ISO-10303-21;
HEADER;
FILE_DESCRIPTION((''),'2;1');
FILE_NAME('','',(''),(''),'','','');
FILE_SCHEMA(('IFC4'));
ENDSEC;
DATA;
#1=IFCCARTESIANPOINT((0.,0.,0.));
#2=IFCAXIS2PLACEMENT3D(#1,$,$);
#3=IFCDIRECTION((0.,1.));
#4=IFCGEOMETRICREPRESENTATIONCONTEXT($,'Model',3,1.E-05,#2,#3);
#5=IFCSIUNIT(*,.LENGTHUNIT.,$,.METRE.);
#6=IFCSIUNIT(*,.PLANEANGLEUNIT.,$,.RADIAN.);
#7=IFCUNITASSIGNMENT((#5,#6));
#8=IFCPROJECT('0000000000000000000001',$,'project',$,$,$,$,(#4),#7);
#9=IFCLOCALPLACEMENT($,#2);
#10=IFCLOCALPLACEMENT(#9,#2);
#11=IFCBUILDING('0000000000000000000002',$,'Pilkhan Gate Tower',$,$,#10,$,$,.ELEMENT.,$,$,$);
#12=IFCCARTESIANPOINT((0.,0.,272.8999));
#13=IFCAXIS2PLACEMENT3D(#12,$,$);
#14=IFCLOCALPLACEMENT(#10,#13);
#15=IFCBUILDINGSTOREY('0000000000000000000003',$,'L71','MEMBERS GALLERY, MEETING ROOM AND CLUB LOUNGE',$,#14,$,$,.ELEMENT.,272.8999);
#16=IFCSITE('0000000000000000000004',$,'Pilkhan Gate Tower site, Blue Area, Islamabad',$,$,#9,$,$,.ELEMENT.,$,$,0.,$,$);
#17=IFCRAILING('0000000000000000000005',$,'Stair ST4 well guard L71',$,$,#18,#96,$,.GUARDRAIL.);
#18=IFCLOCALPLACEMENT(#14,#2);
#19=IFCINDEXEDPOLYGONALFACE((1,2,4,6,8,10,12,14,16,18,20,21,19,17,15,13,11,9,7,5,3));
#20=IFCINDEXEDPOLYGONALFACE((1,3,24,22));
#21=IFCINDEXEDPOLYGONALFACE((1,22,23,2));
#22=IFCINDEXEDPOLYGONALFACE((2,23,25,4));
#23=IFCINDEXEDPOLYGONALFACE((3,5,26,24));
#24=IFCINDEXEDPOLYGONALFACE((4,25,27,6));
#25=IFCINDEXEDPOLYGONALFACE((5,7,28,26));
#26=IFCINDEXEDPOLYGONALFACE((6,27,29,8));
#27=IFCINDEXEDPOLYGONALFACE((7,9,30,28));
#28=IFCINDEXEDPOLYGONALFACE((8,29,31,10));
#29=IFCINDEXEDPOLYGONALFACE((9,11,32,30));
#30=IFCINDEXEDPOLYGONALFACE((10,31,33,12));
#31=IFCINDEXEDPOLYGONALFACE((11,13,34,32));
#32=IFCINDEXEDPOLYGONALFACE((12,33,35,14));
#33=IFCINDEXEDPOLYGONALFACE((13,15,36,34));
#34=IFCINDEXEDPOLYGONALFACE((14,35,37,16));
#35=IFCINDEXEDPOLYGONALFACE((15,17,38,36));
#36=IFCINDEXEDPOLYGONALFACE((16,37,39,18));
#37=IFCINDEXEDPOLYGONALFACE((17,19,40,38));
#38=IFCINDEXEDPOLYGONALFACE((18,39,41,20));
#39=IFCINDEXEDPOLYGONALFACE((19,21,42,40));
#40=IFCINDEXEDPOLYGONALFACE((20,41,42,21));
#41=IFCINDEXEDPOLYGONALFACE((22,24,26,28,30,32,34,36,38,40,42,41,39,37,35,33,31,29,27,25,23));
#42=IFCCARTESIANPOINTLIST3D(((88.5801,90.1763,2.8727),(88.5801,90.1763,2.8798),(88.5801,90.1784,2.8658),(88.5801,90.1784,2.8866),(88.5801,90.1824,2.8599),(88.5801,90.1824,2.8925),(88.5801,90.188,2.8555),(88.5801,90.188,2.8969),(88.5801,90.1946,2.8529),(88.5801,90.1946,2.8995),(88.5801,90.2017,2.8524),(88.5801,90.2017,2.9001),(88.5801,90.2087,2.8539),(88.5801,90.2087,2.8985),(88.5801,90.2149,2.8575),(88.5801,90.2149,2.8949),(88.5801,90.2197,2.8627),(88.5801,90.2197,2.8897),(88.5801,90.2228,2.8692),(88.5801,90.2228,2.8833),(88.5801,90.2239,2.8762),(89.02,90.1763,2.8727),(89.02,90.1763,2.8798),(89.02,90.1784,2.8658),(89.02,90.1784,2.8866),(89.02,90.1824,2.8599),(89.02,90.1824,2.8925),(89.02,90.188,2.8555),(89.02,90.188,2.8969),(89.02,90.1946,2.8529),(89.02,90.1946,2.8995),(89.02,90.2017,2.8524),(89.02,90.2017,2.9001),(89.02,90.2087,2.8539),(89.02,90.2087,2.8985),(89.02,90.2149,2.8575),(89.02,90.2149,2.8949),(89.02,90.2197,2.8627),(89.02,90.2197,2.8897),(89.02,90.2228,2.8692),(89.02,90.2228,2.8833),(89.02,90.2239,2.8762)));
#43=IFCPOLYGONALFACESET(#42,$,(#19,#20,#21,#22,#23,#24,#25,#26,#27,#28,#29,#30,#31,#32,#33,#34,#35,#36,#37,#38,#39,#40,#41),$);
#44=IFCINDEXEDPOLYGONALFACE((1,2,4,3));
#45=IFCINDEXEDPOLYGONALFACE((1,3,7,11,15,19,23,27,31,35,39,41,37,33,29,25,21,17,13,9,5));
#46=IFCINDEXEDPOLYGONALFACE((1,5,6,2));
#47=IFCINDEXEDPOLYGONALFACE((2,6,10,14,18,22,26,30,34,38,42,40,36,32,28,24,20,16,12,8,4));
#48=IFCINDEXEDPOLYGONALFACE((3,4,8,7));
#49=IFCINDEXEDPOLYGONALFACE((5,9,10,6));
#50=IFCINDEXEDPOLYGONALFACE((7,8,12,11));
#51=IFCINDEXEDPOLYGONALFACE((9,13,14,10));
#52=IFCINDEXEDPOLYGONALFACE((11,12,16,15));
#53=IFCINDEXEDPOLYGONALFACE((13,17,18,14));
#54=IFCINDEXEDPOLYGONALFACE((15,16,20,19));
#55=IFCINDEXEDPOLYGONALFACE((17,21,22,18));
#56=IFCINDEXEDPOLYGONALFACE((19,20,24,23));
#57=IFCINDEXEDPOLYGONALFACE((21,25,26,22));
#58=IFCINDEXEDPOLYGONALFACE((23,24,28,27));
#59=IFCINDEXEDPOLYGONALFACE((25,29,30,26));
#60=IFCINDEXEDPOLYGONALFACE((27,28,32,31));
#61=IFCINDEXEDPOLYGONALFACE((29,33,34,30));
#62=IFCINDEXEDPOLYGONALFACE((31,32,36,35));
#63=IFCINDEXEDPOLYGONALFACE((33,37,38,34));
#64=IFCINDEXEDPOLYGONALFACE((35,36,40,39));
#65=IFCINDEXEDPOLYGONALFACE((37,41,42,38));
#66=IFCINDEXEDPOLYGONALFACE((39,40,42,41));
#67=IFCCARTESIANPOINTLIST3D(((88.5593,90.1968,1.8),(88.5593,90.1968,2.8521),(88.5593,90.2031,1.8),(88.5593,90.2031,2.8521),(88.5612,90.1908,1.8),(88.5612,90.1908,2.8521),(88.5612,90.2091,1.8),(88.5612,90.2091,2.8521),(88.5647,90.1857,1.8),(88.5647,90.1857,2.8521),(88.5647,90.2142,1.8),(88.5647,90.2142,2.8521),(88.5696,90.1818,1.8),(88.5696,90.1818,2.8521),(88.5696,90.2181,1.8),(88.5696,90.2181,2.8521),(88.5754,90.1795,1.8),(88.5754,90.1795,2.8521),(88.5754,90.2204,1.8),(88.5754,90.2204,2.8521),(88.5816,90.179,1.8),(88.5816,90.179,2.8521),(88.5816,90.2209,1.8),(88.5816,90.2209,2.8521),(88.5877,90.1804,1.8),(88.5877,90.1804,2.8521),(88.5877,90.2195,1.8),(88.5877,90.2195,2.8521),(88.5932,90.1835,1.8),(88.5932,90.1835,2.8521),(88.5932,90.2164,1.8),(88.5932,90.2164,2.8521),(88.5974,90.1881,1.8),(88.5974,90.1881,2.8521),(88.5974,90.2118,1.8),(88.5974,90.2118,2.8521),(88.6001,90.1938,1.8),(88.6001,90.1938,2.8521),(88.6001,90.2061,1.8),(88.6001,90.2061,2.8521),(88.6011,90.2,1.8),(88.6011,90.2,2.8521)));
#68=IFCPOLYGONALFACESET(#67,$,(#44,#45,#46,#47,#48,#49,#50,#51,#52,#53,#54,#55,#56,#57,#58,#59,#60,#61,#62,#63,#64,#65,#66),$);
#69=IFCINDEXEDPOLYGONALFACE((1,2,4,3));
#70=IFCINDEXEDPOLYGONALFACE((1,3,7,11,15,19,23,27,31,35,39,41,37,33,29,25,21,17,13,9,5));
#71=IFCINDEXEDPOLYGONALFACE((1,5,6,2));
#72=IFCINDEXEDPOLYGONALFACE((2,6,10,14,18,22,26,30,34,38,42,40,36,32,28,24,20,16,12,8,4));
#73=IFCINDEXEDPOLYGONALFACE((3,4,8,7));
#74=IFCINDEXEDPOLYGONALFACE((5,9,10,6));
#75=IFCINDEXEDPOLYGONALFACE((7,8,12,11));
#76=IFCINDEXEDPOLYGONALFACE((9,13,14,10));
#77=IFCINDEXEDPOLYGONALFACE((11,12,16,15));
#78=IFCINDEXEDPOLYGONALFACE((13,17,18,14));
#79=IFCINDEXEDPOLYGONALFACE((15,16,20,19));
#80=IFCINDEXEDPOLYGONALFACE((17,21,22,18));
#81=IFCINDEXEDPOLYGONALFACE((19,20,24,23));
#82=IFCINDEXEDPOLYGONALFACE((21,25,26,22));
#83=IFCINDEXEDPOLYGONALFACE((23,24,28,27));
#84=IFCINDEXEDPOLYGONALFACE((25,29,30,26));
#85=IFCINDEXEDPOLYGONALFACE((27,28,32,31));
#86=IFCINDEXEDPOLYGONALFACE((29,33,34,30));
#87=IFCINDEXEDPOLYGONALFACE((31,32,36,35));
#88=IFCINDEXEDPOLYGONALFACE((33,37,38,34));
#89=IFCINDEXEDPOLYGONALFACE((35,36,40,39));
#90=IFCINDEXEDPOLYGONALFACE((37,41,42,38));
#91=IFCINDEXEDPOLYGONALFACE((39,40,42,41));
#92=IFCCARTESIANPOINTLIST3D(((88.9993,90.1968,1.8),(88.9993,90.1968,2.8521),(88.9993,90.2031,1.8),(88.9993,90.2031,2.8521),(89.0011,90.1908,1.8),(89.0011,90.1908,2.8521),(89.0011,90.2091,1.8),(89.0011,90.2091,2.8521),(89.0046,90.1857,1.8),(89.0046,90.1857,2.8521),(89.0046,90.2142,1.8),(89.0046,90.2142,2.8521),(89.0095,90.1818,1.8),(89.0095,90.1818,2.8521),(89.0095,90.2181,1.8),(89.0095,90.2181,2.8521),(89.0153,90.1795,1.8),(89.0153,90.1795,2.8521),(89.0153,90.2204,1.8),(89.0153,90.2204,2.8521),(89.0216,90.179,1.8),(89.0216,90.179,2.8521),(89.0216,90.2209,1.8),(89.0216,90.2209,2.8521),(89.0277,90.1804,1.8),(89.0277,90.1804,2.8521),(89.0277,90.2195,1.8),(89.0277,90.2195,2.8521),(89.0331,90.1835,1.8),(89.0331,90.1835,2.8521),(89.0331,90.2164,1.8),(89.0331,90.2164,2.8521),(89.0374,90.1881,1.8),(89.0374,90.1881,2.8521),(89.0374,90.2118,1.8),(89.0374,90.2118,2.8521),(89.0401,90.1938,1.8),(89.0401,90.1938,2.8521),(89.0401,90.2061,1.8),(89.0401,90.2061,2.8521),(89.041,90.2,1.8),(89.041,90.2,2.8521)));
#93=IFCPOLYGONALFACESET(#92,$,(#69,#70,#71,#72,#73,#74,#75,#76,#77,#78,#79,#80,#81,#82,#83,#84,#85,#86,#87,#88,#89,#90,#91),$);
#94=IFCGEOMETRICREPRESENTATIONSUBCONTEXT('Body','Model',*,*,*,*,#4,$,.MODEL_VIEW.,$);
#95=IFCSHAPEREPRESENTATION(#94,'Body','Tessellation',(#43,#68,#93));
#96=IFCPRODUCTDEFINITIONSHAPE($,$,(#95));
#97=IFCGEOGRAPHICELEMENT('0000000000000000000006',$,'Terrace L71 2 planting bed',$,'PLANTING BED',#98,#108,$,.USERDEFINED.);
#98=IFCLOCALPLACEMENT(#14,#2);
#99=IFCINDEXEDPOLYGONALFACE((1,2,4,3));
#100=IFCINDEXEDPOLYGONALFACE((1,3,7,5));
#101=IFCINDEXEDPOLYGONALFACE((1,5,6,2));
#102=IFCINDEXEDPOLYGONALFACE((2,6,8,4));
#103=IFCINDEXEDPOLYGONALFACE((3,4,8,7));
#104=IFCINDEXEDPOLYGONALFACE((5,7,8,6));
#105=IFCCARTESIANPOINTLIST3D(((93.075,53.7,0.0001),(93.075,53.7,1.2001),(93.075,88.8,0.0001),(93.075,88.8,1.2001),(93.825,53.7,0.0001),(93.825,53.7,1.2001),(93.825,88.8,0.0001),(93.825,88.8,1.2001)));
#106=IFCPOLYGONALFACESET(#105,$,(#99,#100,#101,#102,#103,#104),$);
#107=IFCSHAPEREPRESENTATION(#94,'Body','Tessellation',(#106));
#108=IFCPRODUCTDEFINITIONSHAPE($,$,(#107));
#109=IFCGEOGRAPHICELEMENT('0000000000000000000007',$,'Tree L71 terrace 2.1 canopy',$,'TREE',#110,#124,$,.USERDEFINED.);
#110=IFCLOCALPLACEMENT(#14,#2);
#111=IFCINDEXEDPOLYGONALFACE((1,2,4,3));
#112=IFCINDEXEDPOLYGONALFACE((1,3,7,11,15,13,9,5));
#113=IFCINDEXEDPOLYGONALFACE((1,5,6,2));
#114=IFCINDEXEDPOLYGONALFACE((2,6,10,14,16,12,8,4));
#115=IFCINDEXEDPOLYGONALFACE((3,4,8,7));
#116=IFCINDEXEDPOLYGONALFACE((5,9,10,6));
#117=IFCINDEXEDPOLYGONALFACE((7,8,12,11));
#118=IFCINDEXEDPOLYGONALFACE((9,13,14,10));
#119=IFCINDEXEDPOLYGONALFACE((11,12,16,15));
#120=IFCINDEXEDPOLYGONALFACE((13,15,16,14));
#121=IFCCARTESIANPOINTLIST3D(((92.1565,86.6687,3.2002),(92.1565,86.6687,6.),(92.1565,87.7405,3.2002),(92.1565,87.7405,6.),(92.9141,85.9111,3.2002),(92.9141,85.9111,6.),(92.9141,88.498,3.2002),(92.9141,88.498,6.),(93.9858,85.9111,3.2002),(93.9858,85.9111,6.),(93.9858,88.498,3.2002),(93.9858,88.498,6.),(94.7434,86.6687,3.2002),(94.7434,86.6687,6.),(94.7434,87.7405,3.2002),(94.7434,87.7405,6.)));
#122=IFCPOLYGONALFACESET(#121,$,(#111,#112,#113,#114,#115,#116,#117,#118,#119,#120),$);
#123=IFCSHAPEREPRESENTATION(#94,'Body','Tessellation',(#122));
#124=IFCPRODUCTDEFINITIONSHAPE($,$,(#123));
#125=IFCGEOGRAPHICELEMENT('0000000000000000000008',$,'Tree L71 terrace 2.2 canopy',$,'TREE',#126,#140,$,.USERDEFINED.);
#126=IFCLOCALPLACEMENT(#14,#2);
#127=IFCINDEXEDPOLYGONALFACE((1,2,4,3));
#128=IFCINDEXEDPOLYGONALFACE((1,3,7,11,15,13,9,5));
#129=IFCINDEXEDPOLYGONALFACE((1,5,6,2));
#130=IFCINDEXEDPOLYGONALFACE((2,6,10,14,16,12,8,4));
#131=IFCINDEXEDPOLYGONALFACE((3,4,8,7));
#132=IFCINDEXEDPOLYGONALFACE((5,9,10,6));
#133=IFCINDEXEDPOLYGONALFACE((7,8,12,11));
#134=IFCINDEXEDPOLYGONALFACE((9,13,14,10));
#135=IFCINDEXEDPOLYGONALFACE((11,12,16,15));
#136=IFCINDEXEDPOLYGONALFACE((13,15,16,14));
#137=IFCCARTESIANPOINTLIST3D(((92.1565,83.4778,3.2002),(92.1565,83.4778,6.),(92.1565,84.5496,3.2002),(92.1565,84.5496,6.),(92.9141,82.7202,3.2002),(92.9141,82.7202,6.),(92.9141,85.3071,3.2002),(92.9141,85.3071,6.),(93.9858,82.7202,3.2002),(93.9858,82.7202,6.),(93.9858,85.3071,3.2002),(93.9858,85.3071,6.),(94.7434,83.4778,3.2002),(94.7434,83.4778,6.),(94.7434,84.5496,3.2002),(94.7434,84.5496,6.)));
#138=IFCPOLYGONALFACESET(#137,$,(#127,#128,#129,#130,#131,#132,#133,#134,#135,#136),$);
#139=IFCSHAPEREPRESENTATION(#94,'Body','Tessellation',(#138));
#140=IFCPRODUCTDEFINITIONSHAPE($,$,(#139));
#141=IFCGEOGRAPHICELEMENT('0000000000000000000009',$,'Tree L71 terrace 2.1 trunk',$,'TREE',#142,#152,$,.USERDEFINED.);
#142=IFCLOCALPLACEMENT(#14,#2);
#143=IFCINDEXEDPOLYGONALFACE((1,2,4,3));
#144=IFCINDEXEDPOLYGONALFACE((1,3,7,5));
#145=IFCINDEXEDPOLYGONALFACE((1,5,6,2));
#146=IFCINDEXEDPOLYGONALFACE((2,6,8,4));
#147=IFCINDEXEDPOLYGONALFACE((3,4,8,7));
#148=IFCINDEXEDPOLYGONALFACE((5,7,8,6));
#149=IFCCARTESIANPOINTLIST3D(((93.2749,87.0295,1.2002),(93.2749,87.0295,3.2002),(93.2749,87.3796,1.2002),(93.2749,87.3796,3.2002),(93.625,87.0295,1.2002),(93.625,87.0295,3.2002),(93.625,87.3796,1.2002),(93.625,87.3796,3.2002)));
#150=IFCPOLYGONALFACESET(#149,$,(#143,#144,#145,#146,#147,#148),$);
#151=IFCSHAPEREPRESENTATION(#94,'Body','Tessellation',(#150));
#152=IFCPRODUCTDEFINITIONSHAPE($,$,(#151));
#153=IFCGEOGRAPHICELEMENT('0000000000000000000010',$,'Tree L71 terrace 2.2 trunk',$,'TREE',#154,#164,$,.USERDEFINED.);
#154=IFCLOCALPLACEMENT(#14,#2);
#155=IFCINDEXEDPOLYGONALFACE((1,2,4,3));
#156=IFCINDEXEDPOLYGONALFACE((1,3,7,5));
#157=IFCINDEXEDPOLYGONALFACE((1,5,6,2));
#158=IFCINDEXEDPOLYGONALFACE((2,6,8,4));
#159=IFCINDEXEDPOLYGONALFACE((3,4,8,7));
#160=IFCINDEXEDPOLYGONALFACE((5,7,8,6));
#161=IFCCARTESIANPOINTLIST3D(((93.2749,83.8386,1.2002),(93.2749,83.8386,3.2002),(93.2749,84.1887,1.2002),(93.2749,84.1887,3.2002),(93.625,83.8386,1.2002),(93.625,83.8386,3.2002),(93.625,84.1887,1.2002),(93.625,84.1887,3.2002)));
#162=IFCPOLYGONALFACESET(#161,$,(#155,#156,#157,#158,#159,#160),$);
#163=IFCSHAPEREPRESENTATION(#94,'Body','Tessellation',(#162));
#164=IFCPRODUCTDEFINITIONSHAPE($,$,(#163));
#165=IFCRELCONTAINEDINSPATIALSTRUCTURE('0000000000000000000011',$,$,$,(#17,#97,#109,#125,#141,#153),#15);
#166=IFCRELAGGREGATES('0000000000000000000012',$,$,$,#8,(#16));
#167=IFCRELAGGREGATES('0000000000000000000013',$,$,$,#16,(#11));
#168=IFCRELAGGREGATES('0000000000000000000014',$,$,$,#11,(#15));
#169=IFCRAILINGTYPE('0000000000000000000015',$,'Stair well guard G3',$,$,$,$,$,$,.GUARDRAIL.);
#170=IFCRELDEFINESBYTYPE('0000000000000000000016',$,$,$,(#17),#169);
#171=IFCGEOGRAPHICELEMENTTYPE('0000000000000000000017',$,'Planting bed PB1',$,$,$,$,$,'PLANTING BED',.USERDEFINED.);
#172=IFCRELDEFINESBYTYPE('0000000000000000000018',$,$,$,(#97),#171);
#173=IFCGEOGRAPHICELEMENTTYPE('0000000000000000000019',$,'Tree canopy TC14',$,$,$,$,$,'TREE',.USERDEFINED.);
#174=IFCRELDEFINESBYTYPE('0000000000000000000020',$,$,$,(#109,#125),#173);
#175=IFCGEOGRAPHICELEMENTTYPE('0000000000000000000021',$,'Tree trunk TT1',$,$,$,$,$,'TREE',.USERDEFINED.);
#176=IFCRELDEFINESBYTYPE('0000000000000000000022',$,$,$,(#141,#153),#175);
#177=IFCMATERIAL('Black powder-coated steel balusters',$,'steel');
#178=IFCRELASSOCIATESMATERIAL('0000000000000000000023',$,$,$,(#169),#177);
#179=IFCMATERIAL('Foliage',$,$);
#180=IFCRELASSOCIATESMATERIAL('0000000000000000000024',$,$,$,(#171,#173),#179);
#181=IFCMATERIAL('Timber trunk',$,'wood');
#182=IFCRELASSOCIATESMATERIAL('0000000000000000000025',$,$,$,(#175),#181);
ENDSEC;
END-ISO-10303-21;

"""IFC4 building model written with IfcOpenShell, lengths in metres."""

from ifc_helpers import new_model, si_unit, direction, frame, origin, origin_2d, place, context, subcontext, project, spatial, polyline, rectangle, circle, outline, extrude, material, material_profile, profile_set, type_object, element, save


model = new_model("IFC4")

# Units and contexts
model_context = context("Model", 3, precision=1e-05, world=origin(), true_north=direction((0.0, 1.0)))
body_context = subcontext(model_context, "Body", "Model", "MODEL_VIEW")
ifc_project = project(units=[si_unit("LENGTHUNIT", "METRE"), si_unit("PLANEANGLEUNIT", "RADIAN")], contexts=[model_context])

# Site, building, storey
site_placement = place(None, origin())
site = spatial("IfcSite", under=ifc_project, at=site_placement, Name="Pilkhan Gate Tower site, Blue Area, Islamabad", CompositionType="ELEMENT", RefElevation=0.0)
building_placement = place(site_placement, origin())
building = spatial("IfcBuilding", under=site, at=building_placement, Name="Pilkhan Gate Tower", CompositionType="ELEMENT")
storey_placement = place(building_placement, frame((0.0, 0.0, 272.8999)))
storey = spatial("IfcBuildingStorey", under=building, at=storey_placement, Name="L71", Description="MEMBERS GALLERY, MEETING ROOM AND CLUB LOUNGE", CompositionType="ELEMENT", Elevation=272.8999)

# Railing
ifc_material_1 = material(Name="Black powder-coated steel balusters", Category="steel")
railing_type_1 = type_object("IfcRailingType", Name="Stair well guard G3", PredefinedType="GUARDRAIL", material=ifc_material_1)
railing_1_placement = place(storey_placement, frame((88.5801, 90.2, 1.8)))
element("IfcRailing", 1, at=railing_1_placement, inside=storey, type_object=railing_type_1, Name="Stair ST4 well guard L71", PredefinedType="GUARDRAIL", context=body_context, shape_type="SweptSolid", body=[
    extrude(circle(Radius=0.0239, at=origin_2d()), frame((0.0, 0.0, 1.0762), z_axis=(1.0, 0.0, 0.0), x_axis=(0.0, 1.0, 0.0)), (0.0, 0.0, 1.0), 0.4399),
    extrude(circle(Radius=0.021, at=origin_2d()), origin(), (0.0, 0.0, 1.0), 1.052),
    extrude(circle(Radius=0.021, at=origin_2d()), frame((0.4399, 0.0, 0.0)), (0.0, 0.0, 1.0), 1.052),
])

# Geographic elements
ifc_material_2 = material(Name="Foliage")
ifc_material_profile_1 = material_profile(ifc_material_2, rectangle(XDim=0.75, YDim=1.2, at=origin_2d()), Name="Bed 750x1200")
ifc_profile_set_1 = profile_set([ifc_material_profile_1], Name="Foliage")
geographic_element_type_1 = type_object("IfcGeographicElementType", Name="Planting bed PB1", ElementType="PLANTING BED", PredefinedType="USERDEFINED", material=ifc_profile_set_1)
geographic_element_placement = place(storey_placement, frame((93.45, 88.8, 0.6001), z_axis=(0.0, -1.0, 0.0), x_axis=(1.0, 0.0, 0.0)))
element("IfcGeographicElement", 2, at=geographic_element_placement, inside=storey, type_object=geographic_element_type_1, Name="Terrace L71 2 planting bed", ObjectType="PLANTING BED", PredefinedType="USERDEFINED", context=body_context, shape_type="SweptSolid", body=[
    extrude(rectangle(XDim=0.75, YDim=1.2, at=origin_2d()), origin(), (0.0, 0.0, 1.0), 35.1001),
])
ifc_material_profile_2 = material_profile(ifc_material_2, outline(polyline([(1.2935, 0.5359), (0.5359, 1.2935), (-0.5359, 1.2935), (-1.2935, 0.5359), (-1.2935, -0.5359), (-0.5359, -1.2935), (0.5359, -1.2935), (1.2935, -0.5359), (1.2935, 0.5359)])), Name="Canopy D2.8")
ifc_profile_set_2 = profile_set([ifc_material_profile_2], Name="Foliage")
geographic_element_type_2 = type_object("IfcGeographicElementType", Name="Tree canopy TC14", ElementType="TREE", PredefinedType="USERDEFINED", material=ifc_profile_set_2)
for number, where, z_axis, x_axis, name in (
    (3, (93.45, 87.2046, 3.2002), (0.0, 0.0, 1.0), (1.0, 0.0, 0.0), "Tree L71 terrace 2.1 canopy"),
    (4, (93.45, 84.0137, 3.2002), (0.0, 0.0, 1.0), (1.0, 0.0, 0.0), "Tree L71 terrace 2.2 canopy"),
):
    element("IfcGeographicElement", number, at=place(storey_placement, frame(where, z_axis=z_axis, x_axis=x_axis)), inside=storey, type_object=geographic_element_type_2, Name=name, ObjectType="TREE", PredefinedType="USERDEFINED", context=body_context, shape_type="SweptSolid", body=[
        extrude(outline(polyline([(1.2935, 0.5359), (0.5359, 1.2935), (-0.5359, 1.2935), (-1.2935, 0.5359), (-1.2935, -0.5359), (-0.5359, -1.2935), (0.5359, -1.2935), (1.2935, -0.5359), (1.2935, 0.5359)])), origin(), (0.0, 0.0, 1.0), 2.7998),
    ])
ifc_material_3 = material(Name="Timber trunk", Category="wood")
geographic_element_type_3 = type_object("IfcGeographicElementType", Name="Tree trunk TT1", ElementType="TREE", PredefinedType="USERDEFINED", material=ifc_material_3)
for number, where, z_axis, x_axis, name in (
    (5, (93.45, 87.2046, 1.2002), (0.0, 0.0, 1.0), (1.0, 0.0, 0.0), "Tree L71 terrace 2.1 trunk"),
    (6, (93.45, 84.0137, 1.2002), (0.0, 0.0, 1.0), (1.0, 0.0, 0.0), "Tree L71 terrace 2.2 trunk"),
):
    element("IfcGeographicElement", number, at=place(storey_placement, frame(where, z_axis=z_axis, x_axis=x_axis)), inside=storey, type_object=geographic_element_type_3, Name=name, ObjectType="TREE", PredefinedType="USERDEFINED", context=body_context, shape_type="SweptSolid", body=[
        extrude(rectangle(XDim=0.3501, YDim=0.3501, at=origin_2d()), origin(), (0.0, 0.0, 1.0), 2.0),
    ])

save(model, "model.ifc")
